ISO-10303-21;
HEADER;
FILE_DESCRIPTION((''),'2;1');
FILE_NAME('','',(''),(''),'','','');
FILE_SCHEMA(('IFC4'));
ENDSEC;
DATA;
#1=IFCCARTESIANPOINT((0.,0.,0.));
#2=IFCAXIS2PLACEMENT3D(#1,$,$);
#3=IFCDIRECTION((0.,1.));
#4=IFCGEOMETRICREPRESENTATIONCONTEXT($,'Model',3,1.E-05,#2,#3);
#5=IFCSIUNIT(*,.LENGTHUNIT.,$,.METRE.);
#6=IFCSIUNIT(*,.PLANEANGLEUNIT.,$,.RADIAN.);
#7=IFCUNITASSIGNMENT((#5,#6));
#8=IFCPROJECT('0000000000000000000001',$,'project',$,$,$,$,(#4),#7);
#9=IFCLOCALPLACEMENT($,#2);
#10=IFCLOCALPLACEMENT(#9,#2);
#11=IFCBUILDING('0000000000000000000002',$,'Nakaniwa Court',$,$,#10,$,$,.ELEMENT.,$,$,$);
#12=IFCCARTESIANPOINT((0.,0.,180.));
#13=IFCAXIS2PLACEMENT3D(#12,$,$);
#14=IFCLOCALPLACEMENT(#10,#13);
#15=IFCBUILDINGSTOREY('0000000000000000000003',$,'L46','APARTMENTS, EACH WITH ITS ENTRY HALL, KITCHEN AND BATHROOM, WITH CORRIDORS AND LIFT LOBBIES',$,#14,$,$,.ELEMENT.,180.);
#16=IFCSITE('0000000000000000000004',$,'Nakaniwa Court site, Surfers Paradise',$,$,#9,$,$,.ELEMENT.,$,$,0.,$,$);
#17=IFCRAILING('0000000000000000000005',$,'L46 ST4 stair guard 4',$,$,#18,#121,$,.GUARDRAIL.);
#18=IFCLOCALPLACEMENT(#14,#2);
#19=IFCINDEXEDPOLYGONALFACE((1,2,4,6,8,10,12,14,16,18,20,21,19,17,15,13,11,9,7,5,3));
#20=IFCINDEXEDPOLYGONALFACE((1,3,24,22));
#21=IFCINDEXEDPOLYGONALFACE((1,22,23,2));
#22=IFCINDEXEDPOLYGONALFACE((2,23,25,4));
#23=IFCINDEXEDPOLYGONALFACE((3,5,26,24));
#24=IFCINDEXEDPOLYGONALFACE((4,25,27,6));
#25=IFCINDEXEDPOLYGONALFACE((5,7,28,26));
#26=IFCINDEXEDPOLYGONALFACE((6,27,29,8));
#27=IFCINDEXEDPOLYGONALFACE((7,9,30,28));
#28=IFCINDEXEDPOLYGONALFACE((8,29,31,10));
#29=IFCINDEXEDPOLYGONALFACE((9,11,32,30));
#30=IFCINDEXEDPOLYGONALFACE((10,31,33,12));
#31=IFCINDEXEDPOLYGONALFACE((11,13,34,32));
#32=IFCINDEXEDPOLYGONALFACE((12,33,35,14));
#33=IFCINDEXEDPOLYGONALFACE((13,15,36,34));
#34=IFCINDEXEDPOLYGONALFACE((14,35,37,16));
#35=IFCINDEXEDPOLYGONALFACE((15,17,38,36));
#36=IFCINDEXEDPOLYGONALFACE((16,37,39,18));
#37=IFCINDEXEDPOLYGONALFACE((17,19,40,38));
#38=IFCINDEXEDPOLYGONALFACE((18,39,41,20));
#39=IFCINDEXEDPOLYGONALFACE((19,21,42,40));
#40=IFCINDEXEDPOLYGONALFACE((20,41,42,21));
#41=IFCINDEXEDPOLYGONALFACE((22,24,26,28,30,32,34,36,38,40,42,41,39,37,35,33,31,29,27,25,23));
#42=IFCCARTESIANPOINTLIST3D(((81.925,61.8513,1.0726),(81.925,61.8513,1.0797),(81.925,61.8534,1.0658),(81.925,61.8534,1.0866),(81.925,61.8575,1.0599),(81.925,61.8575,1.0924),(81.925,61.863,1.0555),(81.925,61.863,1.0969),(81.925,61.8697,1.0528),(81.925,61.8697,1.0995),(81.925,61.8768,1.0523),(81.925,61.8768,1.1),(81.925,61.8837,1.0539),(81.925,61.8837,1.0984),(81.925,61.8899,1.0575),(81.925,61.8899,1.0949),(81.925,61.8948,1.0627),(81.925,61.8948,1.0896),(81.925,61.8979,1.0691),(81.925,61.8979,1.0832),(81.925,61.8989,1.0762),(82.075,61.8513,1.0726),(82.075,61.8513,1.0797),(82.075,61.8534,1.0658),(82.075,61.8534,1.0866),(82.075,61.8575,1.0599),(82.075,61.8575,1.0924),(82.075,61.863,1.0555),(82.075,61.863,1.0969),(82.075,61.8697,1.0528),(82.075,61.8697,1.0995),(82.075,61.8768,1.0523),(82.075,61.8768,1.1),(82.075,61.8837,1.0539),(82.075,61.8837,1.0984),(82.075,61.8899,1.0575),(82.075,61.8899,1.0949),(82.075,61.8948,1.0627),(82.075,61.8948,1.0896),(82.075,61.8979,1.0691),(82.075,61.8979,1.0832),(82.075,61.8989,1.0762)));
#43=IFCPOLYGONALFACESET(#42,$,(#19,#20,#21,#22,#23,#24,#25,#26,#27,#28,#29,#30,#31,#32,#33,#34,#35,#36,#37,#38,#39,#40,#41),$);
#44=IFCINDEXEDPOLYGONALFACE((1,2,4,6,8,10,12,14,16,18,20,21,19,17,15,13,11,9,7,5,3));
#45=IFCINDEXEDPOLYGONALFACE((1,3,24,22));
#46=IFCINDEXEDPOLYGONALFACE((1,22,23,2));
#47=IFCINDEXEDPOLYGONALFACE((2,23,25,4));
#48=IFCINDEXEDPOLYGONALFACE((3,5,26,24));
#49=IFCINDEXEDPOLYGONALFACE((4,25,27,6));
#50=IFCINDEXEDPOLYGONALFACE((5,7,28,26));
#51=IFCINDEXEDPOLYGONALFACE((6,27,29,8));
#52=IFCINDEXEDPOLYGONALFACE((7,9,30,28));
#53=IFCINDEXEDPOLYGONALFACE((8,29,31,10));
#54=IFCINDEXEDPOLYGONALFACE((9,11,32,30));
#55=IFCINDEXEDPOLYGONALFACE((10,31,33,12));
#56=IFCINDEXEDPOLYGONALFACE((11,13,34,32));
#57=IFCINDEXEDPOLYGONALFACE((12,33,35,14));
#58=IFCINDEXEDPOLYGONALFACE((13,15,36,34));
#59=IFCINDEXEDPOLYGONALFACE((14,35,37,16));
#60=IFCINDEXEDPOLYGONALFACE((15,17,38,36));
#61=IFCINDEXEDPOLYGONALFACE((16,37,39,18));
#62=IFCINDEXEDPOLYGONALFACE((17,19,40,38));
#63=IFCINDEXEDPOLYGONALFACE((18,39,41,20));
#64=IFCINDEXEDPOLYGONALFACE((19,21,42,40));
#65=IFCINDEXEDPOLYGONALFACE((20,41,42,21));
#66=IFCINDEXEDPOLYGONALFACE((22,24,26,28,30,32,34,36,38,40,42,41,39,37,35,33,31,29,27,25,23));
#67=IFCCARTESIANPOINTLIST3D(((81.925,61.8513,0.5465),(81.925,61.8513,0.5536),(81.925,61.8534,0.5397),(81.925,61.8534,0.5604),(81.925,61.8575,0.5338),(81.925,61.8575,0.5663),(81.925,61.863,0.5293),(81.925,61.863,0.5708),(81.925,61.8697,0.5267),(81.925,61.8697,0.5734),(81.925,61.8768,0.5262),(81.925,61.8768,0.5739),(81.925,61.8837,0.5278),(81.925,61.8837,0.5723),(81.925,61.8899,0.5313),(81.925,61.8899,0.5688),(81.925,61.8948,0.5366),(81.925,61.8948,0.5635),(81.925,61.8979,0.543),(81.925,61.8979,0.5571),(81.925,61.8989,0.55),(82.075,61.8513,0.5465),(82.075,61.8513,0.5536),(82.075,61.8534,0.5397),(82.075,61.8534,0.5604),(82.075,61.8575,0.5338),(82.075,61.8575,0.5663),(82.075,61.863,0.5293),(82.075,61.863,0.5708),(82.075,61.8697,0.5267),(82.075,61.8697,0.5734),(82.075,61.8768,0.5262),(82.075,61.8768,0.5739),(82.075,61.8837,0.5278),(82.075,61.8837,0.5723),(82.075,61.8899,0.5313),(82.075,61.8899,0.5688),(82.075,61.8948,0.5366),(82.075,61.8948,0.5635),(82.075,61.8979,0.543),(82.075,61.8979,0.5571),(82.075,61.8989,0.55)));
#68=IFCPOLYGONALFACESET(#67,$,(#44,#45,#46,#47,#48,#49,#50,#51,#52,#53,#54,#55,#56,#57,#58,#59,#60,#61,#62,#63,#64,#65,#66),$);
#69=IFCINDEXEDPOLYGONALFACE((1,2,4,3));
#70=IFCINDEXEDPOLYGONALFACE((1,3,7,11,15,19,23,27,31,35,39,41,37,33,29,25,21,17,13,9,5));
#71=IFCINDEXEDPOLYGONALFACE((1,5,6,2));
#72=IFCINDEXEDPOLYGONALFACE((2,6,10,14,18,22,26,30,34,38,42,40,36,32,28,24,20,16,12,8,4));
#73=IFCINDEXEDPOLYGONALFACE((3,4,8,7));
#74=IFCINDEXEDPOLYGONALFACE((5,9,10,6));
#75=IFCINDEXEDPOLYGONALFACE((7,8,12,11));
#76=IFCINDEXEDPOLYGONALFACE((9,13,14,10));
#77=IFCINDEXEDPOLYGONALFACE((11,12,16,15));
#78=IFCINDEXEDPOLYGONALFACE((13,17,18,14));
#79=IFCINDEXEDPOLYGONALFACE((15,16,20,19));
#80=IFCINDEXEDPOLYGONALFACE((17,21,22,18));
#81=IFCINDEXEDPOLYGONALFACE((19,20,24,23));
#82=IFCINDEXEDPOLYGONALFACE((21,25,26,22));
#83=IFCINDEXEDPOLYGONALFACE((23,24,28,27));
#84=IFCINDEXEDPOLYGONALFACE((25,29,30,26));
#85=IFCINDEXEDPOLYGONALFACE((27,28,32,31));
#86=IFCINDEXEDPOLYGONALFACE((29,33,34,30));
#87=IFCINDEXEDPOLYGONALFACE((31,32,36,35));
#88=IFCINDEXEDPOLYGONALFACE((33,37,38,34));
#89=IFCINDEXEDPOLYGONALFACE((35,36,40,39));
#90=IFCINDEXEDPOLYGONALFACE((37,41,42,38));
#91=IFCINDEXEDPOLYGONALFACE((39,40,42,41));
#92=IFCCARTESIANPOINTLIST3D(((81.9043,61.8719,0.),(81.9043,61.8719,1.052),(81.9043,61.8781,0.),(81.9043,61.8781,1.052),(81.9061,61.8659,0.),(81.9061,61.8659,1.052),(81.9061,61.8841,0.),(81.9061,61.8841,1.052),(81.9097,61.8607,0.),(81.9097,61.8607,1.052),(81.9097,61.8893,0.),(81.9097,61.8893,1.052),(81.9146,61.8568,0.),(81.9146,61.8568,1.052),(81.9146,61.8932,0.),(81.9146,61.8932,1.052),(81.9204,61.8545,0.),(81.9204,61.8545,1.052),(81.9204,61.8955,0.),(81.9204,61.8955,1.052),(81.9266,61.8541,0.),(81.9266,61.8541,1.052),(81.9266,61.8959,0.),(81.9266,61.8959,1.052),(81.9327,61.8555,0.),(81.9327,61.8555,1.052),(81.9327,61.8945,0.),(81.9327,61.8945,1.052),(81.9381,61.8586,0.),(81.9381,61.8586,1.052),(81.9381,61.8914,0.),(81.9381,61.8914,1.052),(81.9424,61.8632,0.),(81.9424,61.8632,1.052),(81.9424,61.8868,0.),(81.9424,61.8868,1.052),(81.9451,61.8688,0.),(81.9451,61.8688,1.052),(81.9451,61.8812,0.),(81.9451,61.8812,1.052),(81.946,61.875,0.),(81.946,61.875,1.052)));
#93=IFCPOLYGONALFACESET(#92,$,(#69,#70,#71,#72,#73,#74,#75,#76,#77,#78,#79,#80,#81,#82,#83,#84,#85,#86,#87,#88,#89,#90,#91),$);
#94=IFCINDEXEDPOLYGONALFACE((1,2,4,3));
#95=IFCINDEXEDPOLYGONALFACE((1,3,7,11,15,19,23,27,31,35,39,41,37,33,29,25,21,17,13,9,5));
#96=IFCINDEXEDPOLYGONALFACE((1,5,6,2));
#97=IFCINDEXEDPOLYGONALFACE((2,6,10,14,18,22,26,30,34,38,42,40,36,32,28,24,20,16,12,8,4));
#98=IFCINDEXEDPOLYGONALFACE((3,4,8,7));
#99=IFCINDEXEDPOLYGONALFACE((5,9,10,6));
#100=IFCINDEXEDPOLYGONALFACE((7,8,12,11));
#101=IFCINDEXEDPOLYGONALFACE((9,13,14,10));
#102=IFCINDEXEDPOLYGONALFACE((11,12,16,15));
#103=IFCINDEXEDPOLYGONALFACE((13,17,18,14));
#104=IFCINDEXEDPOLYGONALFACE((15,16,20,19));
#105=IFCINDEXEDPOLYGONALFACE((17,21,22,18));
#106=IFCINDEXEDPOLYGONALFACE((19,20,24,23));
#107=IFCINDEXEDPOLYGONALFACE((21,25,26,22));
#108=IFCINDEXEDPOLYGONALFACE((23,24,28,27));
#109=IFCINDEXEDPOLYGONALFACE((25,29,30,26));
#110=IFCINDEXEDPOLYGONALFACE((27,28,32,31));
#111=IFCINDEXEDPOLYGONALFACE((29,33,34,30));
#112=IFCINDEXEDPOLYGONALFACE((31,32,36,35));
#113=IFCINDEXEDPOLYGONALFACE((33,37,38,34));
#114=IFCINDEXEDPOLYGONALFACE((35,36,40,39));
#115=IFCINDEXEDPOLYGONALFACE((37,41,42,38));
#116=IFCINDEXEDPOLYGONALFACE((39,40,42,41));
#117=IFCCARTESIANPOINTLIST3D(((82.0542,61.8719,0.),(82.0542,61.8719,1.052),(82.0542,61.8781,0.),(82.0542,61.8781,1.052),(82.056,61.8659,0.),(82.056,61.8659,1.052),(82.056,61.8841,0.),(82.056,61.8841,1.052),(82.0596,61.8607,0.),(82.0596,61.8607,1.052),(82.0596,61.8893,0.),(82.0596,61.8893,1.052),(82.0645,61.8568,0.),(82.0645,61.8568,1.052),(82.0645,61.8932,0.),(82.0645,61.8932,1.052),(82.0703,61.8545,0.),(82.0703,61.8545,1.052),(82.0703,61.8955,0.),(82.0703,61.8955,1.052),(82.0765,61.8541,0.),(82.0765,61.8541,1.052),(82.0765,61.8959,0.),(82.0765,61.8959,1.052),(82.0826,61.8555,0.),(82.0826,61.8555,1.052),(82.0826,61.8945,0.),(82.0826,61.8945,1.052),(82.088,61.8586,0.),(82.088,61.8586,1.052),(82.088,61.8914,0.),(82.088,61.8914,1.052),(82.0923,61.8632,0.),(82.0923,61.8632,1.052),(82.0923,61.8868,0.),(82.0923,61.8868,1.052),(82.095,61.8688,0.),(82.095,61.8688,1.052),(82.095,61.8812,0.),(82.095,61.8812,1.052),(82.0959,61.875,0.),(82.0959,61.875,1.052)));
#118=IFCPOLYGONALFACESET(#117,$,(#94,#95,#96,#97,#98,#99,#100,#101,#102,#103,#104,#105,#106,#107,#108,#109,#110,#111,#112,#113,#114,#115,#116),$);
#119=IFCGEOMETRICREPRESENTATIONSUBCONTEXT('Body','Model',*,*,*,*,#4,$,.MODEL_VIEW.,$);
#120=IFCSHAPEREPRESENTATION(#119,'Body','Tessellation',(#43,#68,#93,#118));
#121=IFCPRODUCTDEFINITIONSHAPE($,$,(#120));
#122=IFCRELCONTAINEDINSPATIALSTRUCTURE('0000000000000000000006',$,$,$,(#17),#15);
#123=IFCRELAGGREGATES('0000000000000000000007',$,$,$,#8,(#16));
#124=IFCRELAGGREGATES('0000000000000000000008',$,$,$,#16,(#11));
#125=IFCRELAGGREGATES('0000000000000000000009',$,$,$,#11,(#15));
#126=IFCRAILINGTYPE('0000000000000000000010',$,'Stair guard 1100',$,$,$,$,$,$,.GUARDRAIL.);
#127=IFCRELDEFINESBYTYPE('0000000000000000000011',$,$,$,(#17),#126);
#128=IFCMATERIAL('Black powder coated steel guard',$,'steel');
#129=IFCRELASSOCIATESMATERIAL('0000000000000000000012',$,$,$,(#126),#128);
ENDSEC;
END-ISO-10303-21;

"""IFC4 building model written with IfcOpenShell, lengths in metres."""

from ifc_helpers import new_model, si_unit, direction, frame, origin, origin_2d, place, context, subcontext, project, spatial, circle, extrude, material, type_object, element, save


model = new_model("IFC4")

# Units and contexts
model_context = context("Model", 3, precision=1e-05, world=origin(), true_north=direction((0.0, 1.0)))
body_context = subcontext(model_context, "Body", "Model", "MODEL_VIEW")
ifc_project = project(units=[si_unit("LENGTHUNIT", "METRE"), si_unit("PLANEANGLEUNIT", "RADIAN")], contexts=[model_context])

# Site, building, storey
site_placement = place(None, origin())
site = spatial("IfcSite", under=ifc_project, at=site_placement, Name="Nakaniwa Court site, Surfers Paradise", CompositionType="ELEMENT", RefElevation=0.0)
building_placement = place(site_placement, origin())
building = spatial("IfcBuilding", under=site, at=building_placement, Name="Nakaniwa Court", CompositionType="ELEMENT")
storey_placement = place(building_placement, frame((0.0, 0.0, 180.0)))
storey = spatial("IfcBuildingStorey", under=building, at=storey_placement, Name="L46", Description="APARTMENTS, EACH WITH ITS ENTRY HALL, KITCHEN AND BATHROOM, WITH CORRIDORS AND LIFT LOBBIES", CompositionType="ELEMENT", Elevation=180.0)

# Railing
ifc_material_1 = material(Name="Black powder coated steel guard", Category="steel")
railing_type_1 = type_object("IfcRailingType", Name="Stair guard 1100", PredefinedType="GUARDRAIL", material=ifc_material_1)
railing_1_placement = place(storey_placement, frame((81.925, 61.875, 0.0)))
element("IfcRailing", 1, at=railing_1_placement, inside=storey, type_object=railing_type_1, Name="L46 ST4 stair guard 4", PredefinedType="GUARDRAIL", context=body_context, shape_type="SweptSolid", body=[
    extrude(circle(Radius=0.0239, at=origin_2d()), frame((0.0, 0.0, 1.0762), z_axis=(1.0, 0.0, 0.0), x_axis=(0.0, 1.0, 0.0)), (0.0, 0.0, 1.0), 0.1499),
    extrude(circle(Radius=0.0239, at=origin_2d()), frame((0.0, 0.0, 0.55), z_axis=(1.0, 0.0, 0.0), x_axis=(0.0, 1.0, 0.0)), (0.0, 0.0, 1.0), 0.1499),
    extrude(circle(Radius=0.021, at=origin_2d()), origin(), (0.0, 0.0, 1.0), 1.052),
    extrude(circle(Radius=0.021, at=origin_2d()), frame((0.1499, 0.0, 0.0)), (0.0, 0.0, 1.0), 1.052),
])

save(model, "model.ifc")
